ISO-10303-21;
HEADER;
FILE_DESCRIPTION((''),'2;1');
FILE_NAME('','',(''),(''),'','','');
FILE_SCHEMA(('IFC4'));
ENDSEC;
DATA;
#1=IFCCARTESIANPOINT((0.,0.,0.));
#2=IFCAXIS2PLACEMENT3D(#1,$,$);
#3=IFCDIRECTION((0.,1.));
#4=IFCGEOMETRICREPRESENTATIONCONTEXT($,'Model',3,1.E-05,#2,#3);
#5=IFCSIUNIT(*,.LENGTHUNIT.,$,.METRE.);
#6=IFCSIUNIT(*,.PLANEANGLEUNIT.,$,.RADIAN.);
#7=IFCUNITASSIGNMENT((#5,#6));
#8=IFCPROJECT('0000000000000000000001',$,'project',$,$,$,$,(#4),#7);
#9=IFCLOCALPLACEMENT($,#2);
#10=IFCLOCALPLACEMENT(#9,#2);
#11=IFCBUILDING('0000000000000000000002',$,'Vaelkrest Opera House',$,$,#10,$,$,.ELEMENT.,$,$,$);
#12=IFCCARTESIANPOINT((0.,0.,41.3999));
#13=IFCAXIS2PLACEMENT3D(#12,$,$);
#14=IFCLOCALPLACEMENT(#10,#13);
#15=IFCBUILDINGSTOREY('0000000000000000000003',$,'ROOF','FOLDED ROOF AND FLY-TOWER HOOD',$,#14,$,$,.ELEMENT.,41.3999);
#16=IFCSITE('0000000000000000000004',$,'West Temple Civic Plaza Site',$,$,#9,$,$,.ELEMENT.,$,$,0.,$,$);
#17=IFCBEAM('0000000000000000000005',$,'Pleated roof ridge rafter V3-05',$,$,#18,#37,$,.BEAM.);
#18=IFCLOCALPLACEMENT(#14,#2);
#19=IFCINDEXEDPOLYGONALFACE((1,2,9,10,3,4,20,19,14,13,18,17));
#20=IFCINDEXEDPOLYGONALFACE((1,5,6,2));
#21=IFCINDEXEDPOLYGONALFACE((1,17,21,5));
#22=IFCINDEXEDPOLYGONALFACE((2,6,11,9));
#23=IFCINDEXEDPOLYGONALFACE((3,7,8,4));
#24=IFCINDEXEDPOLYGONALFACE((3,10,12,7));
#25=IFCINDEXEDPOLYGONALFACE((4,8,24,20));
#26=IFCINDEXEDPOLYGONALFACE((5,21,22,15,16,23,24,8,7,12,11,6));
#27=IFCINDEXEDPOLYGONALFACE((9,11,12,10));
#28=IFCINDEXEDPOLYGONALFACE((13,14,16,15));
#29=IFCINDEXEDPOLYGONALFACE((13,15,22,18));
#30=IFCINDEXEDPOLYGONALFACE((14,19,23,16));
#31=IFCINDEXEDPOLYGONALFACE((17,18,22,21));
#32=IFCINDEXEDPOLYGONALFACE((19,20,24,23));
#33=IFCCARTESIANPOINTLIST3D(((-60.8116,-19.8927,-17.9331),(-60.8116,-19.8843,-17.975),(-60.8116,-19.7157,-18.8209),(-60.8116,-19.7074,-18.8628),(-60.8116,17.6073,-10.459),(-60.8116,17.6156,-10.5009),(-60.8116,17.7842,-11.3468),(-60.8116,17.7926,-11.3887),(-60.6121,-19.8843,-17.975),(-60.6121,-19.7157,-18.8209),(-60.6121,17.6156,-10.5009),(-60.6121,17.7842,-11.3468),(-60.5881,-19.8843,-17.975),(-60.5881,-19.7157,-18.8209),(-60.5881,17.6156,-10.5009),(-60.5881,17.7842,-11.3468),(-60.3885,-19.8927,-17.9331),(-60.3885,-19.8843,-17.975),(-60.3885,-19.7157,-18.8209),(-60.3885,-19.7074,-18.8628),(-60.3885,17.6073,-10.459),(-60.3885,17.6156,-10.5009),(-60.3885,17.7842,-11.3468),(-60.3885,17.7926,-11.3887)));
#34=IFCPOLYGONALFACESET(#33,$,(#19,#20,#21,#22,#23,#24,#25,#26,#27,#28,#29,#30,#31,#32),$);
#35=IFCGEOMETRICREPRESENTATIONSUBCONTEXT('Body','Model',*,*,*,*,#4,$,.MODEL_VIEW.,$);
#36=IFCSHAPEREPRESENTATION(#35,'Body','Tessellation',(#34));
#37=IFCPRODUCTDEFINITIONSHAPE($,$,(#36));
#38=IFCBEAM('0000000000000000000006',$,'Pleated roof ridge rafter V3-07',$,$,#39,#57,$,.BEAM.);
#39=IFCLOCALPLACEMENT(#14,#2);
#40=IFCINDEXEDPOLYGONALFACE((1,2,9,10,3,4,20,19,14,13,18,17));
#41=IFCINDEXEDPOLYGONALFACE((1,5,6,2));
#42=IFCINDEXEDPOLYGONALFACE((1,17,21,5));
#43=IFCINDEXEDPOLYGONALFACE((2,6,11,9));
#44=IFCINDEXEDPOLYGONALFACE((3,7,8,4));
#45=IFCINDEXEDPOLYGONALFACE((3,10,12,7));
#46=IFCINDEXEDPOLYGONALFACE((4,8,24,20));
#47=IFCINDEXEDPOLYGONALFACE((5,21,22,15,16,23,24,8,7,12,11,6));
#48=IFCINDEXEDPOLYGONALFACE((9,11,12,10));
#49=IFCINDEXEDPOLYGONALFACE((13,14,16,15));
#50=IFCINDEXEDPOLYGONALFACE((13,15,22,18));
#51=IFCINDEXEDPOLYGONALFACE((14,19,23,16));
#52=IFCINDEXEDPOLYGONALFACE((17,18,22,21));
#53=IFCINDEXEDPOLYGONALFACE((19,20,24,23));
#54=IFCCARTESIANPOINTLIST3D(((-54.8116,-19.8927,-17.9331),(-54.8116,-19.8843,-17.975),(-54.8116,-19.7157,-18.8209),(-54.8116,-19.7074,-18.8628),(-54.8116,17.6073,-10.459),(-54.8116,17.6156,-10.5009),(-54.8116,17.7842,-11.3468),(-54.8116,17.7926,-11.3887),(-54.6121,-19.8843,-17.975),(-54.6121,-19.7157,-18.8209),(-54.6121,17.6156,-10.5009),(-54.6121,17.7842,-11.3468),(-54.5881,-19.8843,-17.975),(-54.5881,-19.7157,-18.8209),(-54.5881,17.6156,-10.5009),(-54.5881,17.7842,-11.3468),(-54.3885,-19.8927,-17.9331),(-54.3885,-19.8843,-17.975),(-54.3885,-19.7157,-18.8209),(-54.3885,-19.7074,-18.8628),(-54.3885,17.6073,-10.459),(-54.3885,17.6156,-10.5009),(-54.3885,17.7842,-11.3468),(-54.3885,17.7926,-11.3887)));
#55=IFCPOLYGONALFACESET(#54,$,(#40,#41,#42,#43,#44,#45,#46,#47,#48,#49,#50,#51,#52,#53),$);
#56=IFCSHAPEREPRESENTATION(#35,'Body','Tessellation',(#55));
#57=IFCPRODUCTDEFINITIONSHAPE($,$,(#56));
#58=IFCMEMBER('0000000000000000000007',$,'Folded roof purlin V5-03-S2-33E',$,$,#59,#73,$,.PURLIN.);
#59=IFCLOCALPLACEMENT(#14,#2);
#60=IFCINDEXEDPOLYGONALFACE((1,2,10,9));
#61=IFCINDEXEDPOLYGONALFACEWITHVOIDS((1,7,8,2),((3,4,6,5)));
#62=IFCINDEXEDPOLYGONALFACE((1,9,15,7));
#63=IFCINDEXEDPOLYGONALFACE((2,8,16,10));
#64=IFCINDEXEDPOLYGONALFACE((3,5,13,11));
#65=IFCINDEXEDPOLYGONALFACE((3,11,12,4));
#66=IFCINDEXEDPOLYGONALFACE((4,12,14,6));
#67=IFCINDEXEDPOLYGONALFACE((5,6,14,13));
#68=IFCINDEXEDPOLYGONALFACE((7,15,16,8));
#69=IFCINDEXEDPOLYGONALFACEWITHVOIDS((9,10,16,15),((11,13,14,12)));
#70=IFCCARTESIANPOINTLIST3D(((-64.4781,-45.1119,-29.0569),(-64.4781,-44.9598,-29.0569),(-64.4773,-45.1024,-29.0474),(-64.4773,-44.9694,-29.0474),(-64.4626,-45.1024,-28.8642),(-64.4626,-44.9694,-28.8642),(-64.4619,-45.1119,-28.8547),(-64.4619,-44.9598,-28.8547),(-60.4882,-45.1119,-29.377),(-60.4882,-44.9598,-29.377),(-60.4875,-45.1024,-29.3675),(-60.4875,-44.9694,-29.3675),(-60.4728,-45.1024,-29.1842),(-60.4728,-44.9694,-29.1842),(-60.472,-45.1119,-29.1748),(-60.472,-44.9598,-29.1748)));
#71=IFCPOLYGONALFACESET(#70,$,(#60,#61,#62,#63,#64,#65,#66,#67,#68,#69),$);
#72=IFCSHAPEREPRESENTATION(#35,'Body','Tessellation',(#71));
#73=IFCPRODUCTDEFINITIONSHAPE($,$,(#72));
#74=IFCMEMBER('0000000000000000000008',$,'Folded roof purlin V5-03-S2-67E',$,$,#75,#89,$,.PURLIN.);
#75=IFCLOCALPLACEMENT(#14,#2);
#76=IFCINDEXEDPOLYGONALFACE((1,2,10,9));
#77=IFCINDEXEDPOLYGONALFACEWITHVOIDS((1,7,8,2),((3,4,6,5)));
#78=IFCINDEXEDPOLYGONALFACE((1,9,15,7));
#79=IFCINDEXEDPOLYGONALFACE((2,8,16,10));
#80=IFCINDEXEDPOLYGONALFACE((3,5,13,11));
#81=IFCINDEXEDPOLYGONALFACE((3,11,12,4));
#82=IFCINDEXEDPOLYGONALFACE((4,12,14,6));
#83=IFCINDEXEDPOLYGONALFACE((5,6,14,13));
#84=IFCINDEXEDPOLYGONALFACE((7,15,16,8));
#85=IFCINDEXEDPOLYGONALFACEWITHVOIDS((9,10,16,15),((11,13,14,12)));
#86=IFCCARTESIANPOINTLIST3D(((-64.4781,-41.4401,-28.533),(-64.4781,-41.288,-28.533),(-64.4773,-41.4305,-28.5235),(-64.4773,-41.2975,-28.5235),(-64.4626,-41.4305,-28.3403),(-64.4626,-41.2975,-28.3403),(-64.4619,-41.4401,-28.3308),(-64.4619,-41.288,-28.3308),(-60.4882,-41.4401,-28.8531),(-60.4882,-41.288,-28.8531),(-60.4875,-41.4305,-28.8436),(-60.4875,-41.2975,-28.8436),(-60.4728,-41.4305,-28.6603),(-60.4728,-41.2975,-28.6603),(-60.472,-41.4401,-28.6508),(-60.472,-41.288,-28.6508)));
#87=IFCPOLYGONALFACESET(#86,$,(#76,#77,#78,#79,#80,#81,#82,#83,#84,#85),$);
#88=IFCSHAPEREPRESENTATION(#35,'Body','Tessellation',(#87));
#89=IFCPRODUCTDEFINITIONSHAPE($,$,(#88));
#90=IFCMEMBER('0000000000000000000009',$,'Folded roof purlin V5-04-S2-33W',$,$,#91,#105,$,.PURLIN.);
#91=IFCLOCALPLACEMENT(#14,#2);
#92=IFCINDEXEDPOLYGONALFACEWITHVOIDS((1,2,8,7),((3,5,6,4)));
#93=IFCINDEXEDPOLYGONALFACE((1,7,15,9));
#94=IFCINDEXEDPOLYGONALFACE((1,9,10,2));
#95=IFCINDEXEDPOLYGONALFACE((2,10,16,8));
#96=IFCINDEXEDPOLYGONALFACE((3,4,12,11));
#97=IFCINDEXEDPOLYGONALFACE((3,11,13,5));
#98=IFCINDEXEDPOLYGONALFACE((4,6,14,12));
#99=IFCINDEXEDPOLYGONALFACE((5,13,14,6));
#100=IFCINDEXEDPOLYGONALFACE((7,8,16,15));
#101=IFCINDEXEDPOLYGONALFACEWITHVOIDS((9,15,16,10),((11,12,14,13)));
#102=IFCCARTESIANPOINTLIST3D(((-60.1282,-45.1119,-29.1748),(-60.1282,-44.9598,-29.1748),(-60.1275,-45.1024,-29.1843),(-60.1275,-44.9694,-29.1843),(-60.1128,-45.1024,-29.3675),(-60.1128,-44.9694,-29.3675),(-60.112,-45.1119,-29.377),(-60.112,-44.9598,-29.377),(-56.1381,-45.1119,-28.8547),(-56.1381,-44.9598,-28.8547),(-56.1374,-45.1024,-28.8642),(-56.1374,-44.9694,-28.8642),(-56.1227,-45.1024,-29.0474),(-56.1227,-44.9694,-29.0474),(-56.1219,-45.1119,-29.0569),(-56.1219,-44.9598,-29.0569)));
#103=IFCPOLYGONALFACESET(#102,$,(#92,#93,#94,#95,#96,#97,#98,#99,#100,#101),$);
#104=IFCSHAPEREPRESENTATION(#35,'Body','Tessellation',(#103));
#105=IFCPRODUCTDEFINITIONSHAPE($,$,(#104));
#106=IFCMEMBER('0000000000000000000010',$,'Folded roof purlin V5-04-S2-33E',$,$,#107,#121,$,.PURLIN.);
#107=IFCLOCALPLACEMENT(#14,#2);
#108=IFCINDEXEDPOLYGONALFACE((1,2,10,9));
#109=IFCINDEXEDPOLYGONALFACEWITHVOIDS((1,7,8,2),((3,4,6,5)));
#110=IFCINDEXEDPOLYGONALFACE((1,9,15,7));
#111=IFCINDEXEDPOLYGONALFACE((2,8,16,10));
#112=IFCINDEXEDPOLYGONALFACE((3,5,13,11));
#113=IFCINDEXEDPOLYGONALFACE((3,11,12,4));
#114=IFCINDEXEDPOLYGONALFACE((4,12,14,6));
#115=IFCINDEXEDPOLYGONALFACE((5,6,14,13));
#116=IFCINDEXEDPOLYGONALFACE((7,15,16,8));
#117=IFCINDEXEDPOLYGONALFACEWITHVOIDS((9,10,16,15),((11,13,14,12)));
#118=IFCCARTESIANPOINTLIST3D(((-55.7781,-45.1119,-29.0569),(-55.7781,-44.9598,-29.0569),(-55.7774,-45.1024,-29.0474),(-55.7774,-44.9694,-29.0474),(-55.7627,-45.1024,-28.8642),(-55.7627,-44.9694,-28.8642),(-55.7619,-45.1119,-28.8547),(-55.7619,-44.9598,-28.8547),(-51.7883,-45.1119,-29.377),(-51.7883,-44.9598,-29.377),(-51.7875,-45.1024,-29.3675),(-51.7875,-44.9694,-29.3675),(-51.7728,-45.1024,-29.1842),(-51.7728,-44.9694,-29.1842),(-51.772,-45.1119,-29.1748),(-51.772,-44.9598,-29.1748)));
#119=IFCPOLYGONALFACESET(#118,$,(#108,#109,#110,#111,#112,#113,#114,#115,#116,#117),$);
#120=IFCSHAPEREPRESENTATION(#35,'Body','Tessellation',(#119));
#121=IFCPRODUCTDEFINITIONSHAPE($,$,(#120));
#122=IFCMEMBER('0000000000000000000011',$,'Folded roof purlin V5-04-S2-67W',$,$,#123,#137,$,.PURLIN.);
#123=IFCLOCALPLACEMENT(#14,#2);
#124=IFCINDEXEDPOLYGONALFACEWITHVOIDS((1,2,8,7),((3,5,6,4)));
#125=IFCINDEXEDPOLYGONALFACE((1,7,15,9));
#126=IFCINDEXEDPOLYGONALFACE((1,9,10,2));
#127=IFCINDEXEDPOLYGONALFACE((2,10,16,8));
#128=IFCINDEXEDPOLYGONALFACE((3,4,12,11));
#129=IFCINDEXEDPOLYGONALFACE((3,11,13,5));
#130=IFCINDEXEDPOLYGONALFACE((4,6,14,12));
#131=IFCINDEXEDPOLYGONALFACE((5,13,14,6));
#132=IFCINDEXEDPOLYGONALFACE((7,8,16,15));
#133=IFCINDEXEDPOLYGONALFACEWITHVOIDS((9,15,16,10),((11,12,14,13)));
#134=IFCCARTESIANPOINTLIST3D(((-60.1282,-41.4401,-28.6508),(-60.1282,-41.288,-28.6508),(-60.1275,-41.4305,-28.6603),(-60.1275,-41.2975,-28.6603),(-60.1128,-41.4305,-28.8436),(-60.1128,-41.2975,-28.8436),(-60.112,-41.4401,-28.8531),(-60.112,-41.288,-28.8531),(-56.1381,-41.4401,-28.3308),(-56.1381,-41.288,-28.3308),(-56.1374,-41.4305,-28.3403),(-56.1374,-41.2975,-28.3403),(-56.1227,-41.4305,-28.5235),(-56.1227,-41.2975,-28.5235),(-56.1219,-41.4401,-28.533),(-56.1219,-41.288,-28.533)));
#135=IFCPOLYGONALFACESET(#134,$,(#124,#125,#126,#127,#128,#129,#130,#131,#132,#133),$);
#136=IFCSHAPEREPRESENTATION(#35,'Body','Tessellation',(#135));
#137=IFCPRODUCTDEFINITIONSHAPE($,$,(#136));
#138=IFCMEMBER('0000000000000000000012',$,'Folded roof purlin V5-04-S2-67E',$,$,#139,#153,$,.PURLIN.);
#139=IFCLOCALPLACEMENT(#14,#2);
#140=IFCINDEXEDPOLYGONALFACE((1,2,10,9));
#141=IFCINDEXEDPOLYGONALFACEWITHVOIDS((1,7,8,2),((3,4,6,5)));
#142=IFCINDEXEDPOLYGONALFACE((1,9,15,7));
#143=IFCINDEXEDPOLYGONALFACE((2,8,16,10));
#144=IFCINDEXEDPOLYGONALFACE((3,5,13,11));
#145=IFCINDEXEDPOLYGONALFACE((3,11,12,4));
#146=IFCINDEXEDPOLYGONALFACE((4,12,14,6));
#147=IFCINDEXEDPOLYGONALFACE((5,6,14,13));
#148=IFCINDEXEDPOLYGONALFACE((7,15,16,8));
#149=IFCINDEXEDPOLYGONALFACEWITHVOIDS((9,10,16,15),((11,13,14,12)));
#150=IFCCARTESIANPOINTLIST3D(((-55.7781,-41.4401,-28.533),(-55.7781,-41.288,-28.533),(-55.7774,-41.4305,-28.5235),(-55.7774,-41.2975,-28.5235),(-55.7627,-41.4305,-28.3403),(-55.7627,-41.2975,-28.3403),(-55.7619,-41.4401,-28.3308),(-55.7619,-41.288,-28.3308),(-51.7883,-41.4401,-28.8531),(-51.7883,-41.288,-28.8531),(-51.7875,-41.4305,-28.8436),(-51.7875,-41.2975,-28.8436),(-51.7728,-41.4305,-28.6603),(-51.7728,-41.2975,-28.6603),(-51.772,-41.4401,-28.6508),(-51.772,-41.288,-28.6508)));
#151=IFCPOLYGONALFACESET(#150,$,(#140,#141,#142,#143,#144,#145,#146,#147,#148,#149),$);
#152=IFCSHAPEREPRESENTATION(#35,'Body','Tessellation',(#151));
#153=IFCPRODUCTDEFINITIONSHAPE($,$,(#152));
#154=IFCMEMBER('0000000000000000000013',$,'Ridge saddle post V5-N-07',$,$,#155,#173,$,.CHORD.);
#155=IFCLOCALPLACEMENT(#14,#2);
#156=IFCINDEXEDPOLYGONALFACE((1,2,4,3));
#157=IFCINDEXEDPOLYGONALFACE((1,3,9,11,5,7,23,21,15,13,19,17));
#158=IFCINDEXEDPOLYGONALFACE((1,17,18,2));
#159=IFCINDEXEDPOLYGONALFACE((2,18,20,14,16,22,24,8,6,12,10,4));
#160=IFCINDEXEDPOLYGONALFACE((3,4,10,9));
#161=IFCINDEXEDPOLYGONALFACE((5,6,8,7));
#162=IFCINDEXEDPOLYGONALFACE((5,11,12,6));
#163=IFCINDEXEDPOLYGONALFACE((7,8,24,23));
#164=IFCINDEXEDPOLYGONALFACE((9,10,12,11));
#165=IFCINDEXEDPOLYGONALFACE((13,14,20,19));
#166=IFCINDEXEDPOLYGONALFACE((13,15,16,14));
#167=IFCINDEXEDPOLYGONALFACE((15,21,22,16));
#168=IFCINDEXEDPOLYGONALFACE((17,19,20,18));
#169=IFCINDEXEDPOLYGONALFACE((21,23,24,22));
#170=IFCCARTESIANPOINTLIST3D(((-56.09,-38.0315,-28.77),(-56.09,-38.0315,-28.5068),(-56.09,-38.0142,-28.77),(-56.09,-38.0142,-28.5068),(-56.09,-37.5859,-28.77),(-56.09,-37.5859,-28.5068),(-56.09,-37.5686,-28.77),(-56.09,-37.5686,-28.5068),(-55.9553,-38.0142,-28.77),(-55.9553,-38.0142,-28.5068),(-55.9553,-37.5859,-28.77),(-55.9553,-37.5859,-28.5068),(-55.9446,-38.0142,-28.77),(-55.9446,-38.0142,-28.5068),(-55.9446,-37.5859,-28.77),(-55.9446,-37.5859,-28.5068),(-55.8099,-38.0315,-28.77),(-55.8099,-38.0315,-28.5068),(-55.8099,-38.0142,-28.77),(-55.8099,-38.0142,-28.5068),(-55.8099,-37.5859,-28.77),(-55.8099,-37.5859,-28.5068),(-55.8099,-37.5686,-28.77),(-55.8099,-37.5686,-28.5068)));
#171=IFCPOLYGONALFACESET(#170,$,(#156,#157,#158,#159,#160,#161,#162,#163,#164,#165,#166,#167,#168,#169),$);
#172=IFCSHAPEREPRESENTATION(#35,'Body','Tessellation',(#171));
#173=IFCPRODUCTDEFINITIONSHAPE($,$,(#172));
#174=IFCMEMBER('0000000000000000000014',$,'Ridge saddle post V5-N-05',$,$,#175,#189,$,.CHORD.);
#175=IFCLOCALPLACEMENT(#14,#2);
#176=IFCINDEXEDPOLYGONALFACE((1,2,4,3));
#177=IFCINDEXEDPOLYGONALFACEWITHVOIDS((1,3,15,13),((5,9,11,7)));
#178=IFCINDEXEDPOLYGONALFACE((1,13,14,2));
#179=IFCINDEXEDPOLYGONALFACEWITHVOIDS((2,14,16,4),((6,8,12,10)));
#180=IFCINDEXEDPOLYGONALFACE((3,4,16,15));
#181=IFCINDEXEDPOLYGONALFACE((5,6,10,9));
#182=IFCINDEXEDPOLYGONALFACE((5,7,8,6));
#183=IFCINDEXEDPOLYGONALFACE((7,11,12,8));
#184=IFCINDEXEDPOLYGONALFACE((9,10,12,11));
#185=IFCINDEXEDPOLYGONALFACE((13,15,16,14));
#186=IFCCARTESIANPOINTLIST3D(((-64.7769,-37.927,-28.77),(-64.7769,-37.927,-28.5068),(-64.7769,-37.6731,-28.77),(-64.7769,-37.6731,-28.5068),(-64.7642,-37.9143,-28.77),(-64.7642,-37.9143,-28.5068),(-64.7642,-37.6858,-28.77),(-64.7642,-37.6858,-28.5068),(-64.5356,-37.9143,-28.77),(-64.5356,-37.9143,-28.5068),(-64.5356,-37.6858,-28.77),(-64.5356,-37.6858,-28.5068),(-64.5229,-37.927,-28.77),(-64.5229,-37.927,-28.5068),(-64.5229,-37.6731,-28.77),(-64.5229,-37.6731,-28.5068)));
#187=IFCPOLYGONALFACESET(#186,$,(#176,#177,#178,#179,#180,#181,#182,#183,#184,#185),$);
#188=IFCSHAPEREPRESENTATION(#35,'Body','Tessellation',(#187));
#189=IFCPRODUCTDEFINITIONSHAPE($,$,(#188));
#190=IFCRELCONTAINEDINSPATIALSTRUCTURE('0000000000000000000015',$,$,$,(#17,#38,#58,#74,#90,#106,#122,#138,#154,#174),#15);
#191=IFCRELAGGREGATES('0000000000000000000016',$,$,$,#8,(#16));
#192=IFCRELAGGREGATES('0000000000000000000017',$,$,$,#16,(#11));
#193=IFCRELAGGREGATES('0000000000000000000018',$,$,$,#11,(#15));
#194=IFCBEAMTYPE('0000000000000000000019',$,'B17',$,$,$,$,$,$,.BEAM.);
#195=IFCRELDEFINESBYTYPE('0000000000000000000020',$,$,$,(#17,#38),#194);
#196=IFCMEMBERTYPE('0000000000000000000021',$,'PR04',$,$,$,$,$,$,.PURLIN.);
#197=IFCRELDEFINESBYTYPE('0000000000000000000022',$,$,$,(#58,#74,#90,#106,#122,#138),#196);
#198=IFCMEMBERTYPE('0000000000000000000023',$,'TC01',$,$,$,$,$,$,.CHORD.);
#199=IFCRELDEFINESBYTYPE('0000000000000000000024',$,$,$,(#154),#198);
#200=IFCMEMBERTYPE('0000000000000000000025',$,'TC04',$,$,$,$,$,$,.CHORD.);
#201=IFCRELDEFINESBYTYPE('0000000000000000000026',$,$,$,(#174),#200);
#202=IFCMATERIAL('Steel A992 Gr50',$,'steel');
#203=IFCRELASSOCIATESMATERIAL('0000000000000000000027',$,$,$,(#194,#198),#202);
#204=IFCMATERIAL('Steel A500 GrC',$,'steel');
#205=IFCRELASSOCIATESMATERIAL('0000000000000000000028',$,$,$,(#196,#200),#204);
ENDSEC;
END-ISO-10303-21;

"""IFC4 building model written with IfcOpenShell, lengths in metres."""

from ifc_helpers import new_model, si_unit, direction, frame, origin, origin_2d, place, context, subcontext, project, spatial, hollow_rectangle, i_section, extrude, material, material_profile, profile_set, type_object, element, save


model = new_model("IFC4")

# Units and contexts
model_context = context("Model", 3, precision=1e-05, world=origin(), true_north=direction((0.0, 1.0)))
body_context = subcontext(model_context, "Body", "Model", "MODEL_VIEW")
ifc_project = project(units=[si_unit("LENGTHUNIT", "METRE"), si_unit("PLANEANGLEUNIT", "RADIAN")], contexts=[model_context])

# Site, building, storey
site_placement = place(None, origin())
site = spatial("IfcSite", under=ifc_project, at=site_placement, Name="West Temple Civic Plaza Site", CompositionType="ELEMENT", RefElevation=0.0)
building_placement = place(site_placement, origin())
building = spatial("IfcBuilding", under=site, at=building_placement, Name="Vaelkrest Opera House", CompositionType="ELEMENT")
storey_placement = place(building_placement, frame((0.0, 0.0, 41.3999)))
storey = spatial("IfcBuildingStorey", under=building, at=storey_placement, Name="ROOF", Description="FOLDED ROOF AND FLY-TOWER HOOD", CompositionType="ELEMENT", Elevation=41.3999)

# Beams
ifc_material_1 = material(Name="Steel A992 Gr50", Category="steel")
ifc_material_profile_1 = material_profile(ifc_material_1, i_section(OverallWidth=0.4231, OverallDepth=0.948, WebThickness=0.0239, FlangeThickness=0.0427, at=origin_2d()), Name="W36X302")
ifc_profile_set_1 = profile_set([ifc_material_profile_1], Name="Steel A992 Gr50")
beam_type = type_object("IfcBeamType", Name="B17", PredefinedType="BEAM", material=ifc_profile_set_1)
for number, where, z_axis, x_axis, name in (
    (1, (-60.6001, -19.8, -18.3979), (0.0, 0.980711, 0.195465), (-1.0, 0.0, 0.0), "Pleated roof ridge rafter V3-05"),
    (2, (-54.6001, -19.8, -18.3979), (0.0, 0.980711, 0.195465), (-1.0, 0.0, 0.0), "Pleated roof ridge rafter V3-07"),
):
    element("IfcBeam", number, at=place(storey_placement, frame(where, z_axis=z_axis, x_axis=x_axis)), inside=storey, type_object=beam_type, Name=name, PredefinedType="BEAM", context=body_context, shape_type="SweptSolid", body=[
        extrude(i_section(OverallWidth=0.4231, OverallDepth=0.948, WebThickness=0.0239, FlangeThickness=0.0427, at=origin_2d()), origin(), (0.0, 0.0, 1.0), 38.2375),
    ])

# Members
ifc_material_2 = material(Name="Steel A500 GrC", Category="steel")
ifc_material_profile_2 = material_profile(ifc_material_2, hollow_rectangle(XDim=0.1521, YDim=0.2029, WallThickness=0.0095, at=origin_2d()), Name="HSS203X152X9.5")
ifc_profile_set_2 = profile_set([ifc_material_profile_2], Name="Steel A500 GrC")
member_type_1 = type_object("IfcMemberType", Name="PR04", PredefinedType="PURLIN", material=ifc_profile_set_2)
for number, where, z_axis, x_axis, name in (
    (3, (-64.47, -45.0359, -28.9558), (0.996798, 0.0, -0.079961), (0.0, 1.0, 0.0), "Folded roof purlin V5-03-S2-33E"),
    (4, (-64.47, -41.364, -28.4319), (0.996798, 0.0, -0.079961), (0.0, 1.0, 0.0), "Folded roof purlin V5-03-S2-67E"),
):
    element("IfcMember", number, at=place(storey_placement, frame(where, z_axis=z_axis, x_axis=x_axis)), inside=storey, type_object=member_type_1, Name=name, PredefinedType="PURLIN", context=body_context, shape_type="SweptSolid", body=[
        extrude(hollow_rectangle(XDim=0.1521, YDim=0.2029, WallThickness=0.0095, at=origin_2d()), origin(), (0.0, 0.0, 1.0), 4.0027),
    ])
member_1_placement = place(storey_placement, frame((-60.1201, -45.0359, -29.2759), z_axis=(0.996798, 0.0, 0.079956), x_axis=(0.0, 1.0, 0.0)))
element("IfcMember", 5, at=member_1_placement, inside=storey, type_object=member_type_1, Name="Folded roof purlin V5-04-S2-33W", PredefinedType="PURLIN", context=body_context, shape_type="SweptSolid", body=[
    extrude(hollow_rectangle(XDim=0.1521, YDim=0.2029, WallThickness=0.0095, at=origin_2d()), origin(), (0.0, 0.0, 1.0), 4.0029),
])
member_2_placement = place(storey_placement, frame((-55.77, -45.0359, -28.9558), z_axis=(0.996798, 0.0, -0.079961), x_axis=(0.0, 1.0, 0.0)))
element("IfcMember", 6, at=member_2_placement, inside=storey, type_object=member_type_1, Name="Folded roof purlin V5-04-S2-33E", PredefinedType="PURLIN", context=body_context, shape_type="SweptSolid", body=[
    extrude(hollow_rectangle(XDim=0.1521, YDim=0.2029, WallThickness=0.0095, at=origin_2d()), origin(), (0.0, 0.0, 1.0), 4.0027),
])
member_3_placement = place(storey_placement, frame((-60.1201, -41.364, -28.752), z_axis=(0.996798, 0.0, 0.079956), x_axis=(0.0, 1.0, 0.0)))
element("IfcMember", 7, at=member_3_placement, inside=storey, type_object=member_type_1, Name="Folded roof purlin V5-04-S2-67W", PredefinedType="PURLIN", context=body_context, shape_type="SweptSolid", body=[
    extrude(hollow_rectangle(XDim=0.1521, YDim=0.2029, WallThickness=0.0095, at=origin_2d()), origin(), (0.0, 0.0, 1.0), 4.0029),
])
member_4_placement = place(storey_placement, frame((-55.77, -41.364, -28.4319), z_axis=(0.996798, 0.0, -0.079961), x_axis=(0.0, 1.0, 0.0)))
element("IfcMember", 8, at=member_4_placement, inside=storey, type_object=member_type_1, Name="Folded roof purlin V5-04-S2-67E", PredefinedType="PURLIN", context=body_context, shape_type="SweptSolid", body=[
    extrude(hollow_rectangle(XDim=0.1521, YDim=0.2029, WallThickness=0.0095, at=origin_2d()), origin(), (0.0, 0.0, 1.0), 4.0027),
])
ifc_material_profile_3 = material_profile(ifc_material_1, i_section(OverallWidth=0.28, OverallDepth=0.4629, WebThickness=0.0107, FlangeThickness=0.0173, at=origin_2d()), Name="W18X76")
ifc_profile_set_3 = profile_set([ifc_material_profile_3], Name="Steel A992 Gr50")
member_type_2 = type_object("IfcMemberType", Name="TC01", PredefinedType="CHORD", material=ifc_profile_set_3)
member_5_placement = place(storey_placement, frame((-55.95, -37.8, -28.77), z_axis=(0.0, 0.0, 1.0), x_axis=(1.0, 0.0, 0.0)))
element("IfcMember", 9, at=member_5_placement, inside=storey, type_object=member_type_2, Name="Ridge saddle post V5-N-07", PredefinedType="CHORD", context=body_context, shape_type="SweptSolid", body=[
    extrude(i_section(OverallWidth=0.28, OverallDepth=0.4629, WebThickness=0.0107, FlangeThickness=0.0173, at=origin_2d()), origin(), (0.0, 0.0, 1.0), 0.2632),
])
ifc_material_profile_4 = material_profile(ifc_material_2, hollow_rectangle(XDim=0.2539, YDim=0.2539, WallThickness=0.0127, at=origin_2d()), Name="HSS254X254X12.7")
ifc_profile_set_4 = profile_set([ifc_material_profile_4], Name="Steel A500 GrC")
member_type_3 = type_object("IfcMemberType", Name="TC04", PredefinedType="CHORD", material=ifc_profile_set_4)
member_6_placement = place(storey_placement, frame((-64.6499, -37.8, -28.77), z_axis=(0.0, 0.0, 1.0), x_axis=(1.0, 0.0, 0.0)))
element("IfcMember", 10, at=member_6_placement, inside=storey, type_object=member_type_3, Name="Ridge saddle post V5-N-05", PredefinedType="CHORD", context=body_context, shape_type="SweptSolid", body=[
    extrude(hollow_rectangle(XDim=0.2539, YDim=0.2539, WallThickness=0.0127, at=origin_2d()), origin(), (0.0, 0.0, 1.0), 0.2632),
])

save(model, "model.ifc")
